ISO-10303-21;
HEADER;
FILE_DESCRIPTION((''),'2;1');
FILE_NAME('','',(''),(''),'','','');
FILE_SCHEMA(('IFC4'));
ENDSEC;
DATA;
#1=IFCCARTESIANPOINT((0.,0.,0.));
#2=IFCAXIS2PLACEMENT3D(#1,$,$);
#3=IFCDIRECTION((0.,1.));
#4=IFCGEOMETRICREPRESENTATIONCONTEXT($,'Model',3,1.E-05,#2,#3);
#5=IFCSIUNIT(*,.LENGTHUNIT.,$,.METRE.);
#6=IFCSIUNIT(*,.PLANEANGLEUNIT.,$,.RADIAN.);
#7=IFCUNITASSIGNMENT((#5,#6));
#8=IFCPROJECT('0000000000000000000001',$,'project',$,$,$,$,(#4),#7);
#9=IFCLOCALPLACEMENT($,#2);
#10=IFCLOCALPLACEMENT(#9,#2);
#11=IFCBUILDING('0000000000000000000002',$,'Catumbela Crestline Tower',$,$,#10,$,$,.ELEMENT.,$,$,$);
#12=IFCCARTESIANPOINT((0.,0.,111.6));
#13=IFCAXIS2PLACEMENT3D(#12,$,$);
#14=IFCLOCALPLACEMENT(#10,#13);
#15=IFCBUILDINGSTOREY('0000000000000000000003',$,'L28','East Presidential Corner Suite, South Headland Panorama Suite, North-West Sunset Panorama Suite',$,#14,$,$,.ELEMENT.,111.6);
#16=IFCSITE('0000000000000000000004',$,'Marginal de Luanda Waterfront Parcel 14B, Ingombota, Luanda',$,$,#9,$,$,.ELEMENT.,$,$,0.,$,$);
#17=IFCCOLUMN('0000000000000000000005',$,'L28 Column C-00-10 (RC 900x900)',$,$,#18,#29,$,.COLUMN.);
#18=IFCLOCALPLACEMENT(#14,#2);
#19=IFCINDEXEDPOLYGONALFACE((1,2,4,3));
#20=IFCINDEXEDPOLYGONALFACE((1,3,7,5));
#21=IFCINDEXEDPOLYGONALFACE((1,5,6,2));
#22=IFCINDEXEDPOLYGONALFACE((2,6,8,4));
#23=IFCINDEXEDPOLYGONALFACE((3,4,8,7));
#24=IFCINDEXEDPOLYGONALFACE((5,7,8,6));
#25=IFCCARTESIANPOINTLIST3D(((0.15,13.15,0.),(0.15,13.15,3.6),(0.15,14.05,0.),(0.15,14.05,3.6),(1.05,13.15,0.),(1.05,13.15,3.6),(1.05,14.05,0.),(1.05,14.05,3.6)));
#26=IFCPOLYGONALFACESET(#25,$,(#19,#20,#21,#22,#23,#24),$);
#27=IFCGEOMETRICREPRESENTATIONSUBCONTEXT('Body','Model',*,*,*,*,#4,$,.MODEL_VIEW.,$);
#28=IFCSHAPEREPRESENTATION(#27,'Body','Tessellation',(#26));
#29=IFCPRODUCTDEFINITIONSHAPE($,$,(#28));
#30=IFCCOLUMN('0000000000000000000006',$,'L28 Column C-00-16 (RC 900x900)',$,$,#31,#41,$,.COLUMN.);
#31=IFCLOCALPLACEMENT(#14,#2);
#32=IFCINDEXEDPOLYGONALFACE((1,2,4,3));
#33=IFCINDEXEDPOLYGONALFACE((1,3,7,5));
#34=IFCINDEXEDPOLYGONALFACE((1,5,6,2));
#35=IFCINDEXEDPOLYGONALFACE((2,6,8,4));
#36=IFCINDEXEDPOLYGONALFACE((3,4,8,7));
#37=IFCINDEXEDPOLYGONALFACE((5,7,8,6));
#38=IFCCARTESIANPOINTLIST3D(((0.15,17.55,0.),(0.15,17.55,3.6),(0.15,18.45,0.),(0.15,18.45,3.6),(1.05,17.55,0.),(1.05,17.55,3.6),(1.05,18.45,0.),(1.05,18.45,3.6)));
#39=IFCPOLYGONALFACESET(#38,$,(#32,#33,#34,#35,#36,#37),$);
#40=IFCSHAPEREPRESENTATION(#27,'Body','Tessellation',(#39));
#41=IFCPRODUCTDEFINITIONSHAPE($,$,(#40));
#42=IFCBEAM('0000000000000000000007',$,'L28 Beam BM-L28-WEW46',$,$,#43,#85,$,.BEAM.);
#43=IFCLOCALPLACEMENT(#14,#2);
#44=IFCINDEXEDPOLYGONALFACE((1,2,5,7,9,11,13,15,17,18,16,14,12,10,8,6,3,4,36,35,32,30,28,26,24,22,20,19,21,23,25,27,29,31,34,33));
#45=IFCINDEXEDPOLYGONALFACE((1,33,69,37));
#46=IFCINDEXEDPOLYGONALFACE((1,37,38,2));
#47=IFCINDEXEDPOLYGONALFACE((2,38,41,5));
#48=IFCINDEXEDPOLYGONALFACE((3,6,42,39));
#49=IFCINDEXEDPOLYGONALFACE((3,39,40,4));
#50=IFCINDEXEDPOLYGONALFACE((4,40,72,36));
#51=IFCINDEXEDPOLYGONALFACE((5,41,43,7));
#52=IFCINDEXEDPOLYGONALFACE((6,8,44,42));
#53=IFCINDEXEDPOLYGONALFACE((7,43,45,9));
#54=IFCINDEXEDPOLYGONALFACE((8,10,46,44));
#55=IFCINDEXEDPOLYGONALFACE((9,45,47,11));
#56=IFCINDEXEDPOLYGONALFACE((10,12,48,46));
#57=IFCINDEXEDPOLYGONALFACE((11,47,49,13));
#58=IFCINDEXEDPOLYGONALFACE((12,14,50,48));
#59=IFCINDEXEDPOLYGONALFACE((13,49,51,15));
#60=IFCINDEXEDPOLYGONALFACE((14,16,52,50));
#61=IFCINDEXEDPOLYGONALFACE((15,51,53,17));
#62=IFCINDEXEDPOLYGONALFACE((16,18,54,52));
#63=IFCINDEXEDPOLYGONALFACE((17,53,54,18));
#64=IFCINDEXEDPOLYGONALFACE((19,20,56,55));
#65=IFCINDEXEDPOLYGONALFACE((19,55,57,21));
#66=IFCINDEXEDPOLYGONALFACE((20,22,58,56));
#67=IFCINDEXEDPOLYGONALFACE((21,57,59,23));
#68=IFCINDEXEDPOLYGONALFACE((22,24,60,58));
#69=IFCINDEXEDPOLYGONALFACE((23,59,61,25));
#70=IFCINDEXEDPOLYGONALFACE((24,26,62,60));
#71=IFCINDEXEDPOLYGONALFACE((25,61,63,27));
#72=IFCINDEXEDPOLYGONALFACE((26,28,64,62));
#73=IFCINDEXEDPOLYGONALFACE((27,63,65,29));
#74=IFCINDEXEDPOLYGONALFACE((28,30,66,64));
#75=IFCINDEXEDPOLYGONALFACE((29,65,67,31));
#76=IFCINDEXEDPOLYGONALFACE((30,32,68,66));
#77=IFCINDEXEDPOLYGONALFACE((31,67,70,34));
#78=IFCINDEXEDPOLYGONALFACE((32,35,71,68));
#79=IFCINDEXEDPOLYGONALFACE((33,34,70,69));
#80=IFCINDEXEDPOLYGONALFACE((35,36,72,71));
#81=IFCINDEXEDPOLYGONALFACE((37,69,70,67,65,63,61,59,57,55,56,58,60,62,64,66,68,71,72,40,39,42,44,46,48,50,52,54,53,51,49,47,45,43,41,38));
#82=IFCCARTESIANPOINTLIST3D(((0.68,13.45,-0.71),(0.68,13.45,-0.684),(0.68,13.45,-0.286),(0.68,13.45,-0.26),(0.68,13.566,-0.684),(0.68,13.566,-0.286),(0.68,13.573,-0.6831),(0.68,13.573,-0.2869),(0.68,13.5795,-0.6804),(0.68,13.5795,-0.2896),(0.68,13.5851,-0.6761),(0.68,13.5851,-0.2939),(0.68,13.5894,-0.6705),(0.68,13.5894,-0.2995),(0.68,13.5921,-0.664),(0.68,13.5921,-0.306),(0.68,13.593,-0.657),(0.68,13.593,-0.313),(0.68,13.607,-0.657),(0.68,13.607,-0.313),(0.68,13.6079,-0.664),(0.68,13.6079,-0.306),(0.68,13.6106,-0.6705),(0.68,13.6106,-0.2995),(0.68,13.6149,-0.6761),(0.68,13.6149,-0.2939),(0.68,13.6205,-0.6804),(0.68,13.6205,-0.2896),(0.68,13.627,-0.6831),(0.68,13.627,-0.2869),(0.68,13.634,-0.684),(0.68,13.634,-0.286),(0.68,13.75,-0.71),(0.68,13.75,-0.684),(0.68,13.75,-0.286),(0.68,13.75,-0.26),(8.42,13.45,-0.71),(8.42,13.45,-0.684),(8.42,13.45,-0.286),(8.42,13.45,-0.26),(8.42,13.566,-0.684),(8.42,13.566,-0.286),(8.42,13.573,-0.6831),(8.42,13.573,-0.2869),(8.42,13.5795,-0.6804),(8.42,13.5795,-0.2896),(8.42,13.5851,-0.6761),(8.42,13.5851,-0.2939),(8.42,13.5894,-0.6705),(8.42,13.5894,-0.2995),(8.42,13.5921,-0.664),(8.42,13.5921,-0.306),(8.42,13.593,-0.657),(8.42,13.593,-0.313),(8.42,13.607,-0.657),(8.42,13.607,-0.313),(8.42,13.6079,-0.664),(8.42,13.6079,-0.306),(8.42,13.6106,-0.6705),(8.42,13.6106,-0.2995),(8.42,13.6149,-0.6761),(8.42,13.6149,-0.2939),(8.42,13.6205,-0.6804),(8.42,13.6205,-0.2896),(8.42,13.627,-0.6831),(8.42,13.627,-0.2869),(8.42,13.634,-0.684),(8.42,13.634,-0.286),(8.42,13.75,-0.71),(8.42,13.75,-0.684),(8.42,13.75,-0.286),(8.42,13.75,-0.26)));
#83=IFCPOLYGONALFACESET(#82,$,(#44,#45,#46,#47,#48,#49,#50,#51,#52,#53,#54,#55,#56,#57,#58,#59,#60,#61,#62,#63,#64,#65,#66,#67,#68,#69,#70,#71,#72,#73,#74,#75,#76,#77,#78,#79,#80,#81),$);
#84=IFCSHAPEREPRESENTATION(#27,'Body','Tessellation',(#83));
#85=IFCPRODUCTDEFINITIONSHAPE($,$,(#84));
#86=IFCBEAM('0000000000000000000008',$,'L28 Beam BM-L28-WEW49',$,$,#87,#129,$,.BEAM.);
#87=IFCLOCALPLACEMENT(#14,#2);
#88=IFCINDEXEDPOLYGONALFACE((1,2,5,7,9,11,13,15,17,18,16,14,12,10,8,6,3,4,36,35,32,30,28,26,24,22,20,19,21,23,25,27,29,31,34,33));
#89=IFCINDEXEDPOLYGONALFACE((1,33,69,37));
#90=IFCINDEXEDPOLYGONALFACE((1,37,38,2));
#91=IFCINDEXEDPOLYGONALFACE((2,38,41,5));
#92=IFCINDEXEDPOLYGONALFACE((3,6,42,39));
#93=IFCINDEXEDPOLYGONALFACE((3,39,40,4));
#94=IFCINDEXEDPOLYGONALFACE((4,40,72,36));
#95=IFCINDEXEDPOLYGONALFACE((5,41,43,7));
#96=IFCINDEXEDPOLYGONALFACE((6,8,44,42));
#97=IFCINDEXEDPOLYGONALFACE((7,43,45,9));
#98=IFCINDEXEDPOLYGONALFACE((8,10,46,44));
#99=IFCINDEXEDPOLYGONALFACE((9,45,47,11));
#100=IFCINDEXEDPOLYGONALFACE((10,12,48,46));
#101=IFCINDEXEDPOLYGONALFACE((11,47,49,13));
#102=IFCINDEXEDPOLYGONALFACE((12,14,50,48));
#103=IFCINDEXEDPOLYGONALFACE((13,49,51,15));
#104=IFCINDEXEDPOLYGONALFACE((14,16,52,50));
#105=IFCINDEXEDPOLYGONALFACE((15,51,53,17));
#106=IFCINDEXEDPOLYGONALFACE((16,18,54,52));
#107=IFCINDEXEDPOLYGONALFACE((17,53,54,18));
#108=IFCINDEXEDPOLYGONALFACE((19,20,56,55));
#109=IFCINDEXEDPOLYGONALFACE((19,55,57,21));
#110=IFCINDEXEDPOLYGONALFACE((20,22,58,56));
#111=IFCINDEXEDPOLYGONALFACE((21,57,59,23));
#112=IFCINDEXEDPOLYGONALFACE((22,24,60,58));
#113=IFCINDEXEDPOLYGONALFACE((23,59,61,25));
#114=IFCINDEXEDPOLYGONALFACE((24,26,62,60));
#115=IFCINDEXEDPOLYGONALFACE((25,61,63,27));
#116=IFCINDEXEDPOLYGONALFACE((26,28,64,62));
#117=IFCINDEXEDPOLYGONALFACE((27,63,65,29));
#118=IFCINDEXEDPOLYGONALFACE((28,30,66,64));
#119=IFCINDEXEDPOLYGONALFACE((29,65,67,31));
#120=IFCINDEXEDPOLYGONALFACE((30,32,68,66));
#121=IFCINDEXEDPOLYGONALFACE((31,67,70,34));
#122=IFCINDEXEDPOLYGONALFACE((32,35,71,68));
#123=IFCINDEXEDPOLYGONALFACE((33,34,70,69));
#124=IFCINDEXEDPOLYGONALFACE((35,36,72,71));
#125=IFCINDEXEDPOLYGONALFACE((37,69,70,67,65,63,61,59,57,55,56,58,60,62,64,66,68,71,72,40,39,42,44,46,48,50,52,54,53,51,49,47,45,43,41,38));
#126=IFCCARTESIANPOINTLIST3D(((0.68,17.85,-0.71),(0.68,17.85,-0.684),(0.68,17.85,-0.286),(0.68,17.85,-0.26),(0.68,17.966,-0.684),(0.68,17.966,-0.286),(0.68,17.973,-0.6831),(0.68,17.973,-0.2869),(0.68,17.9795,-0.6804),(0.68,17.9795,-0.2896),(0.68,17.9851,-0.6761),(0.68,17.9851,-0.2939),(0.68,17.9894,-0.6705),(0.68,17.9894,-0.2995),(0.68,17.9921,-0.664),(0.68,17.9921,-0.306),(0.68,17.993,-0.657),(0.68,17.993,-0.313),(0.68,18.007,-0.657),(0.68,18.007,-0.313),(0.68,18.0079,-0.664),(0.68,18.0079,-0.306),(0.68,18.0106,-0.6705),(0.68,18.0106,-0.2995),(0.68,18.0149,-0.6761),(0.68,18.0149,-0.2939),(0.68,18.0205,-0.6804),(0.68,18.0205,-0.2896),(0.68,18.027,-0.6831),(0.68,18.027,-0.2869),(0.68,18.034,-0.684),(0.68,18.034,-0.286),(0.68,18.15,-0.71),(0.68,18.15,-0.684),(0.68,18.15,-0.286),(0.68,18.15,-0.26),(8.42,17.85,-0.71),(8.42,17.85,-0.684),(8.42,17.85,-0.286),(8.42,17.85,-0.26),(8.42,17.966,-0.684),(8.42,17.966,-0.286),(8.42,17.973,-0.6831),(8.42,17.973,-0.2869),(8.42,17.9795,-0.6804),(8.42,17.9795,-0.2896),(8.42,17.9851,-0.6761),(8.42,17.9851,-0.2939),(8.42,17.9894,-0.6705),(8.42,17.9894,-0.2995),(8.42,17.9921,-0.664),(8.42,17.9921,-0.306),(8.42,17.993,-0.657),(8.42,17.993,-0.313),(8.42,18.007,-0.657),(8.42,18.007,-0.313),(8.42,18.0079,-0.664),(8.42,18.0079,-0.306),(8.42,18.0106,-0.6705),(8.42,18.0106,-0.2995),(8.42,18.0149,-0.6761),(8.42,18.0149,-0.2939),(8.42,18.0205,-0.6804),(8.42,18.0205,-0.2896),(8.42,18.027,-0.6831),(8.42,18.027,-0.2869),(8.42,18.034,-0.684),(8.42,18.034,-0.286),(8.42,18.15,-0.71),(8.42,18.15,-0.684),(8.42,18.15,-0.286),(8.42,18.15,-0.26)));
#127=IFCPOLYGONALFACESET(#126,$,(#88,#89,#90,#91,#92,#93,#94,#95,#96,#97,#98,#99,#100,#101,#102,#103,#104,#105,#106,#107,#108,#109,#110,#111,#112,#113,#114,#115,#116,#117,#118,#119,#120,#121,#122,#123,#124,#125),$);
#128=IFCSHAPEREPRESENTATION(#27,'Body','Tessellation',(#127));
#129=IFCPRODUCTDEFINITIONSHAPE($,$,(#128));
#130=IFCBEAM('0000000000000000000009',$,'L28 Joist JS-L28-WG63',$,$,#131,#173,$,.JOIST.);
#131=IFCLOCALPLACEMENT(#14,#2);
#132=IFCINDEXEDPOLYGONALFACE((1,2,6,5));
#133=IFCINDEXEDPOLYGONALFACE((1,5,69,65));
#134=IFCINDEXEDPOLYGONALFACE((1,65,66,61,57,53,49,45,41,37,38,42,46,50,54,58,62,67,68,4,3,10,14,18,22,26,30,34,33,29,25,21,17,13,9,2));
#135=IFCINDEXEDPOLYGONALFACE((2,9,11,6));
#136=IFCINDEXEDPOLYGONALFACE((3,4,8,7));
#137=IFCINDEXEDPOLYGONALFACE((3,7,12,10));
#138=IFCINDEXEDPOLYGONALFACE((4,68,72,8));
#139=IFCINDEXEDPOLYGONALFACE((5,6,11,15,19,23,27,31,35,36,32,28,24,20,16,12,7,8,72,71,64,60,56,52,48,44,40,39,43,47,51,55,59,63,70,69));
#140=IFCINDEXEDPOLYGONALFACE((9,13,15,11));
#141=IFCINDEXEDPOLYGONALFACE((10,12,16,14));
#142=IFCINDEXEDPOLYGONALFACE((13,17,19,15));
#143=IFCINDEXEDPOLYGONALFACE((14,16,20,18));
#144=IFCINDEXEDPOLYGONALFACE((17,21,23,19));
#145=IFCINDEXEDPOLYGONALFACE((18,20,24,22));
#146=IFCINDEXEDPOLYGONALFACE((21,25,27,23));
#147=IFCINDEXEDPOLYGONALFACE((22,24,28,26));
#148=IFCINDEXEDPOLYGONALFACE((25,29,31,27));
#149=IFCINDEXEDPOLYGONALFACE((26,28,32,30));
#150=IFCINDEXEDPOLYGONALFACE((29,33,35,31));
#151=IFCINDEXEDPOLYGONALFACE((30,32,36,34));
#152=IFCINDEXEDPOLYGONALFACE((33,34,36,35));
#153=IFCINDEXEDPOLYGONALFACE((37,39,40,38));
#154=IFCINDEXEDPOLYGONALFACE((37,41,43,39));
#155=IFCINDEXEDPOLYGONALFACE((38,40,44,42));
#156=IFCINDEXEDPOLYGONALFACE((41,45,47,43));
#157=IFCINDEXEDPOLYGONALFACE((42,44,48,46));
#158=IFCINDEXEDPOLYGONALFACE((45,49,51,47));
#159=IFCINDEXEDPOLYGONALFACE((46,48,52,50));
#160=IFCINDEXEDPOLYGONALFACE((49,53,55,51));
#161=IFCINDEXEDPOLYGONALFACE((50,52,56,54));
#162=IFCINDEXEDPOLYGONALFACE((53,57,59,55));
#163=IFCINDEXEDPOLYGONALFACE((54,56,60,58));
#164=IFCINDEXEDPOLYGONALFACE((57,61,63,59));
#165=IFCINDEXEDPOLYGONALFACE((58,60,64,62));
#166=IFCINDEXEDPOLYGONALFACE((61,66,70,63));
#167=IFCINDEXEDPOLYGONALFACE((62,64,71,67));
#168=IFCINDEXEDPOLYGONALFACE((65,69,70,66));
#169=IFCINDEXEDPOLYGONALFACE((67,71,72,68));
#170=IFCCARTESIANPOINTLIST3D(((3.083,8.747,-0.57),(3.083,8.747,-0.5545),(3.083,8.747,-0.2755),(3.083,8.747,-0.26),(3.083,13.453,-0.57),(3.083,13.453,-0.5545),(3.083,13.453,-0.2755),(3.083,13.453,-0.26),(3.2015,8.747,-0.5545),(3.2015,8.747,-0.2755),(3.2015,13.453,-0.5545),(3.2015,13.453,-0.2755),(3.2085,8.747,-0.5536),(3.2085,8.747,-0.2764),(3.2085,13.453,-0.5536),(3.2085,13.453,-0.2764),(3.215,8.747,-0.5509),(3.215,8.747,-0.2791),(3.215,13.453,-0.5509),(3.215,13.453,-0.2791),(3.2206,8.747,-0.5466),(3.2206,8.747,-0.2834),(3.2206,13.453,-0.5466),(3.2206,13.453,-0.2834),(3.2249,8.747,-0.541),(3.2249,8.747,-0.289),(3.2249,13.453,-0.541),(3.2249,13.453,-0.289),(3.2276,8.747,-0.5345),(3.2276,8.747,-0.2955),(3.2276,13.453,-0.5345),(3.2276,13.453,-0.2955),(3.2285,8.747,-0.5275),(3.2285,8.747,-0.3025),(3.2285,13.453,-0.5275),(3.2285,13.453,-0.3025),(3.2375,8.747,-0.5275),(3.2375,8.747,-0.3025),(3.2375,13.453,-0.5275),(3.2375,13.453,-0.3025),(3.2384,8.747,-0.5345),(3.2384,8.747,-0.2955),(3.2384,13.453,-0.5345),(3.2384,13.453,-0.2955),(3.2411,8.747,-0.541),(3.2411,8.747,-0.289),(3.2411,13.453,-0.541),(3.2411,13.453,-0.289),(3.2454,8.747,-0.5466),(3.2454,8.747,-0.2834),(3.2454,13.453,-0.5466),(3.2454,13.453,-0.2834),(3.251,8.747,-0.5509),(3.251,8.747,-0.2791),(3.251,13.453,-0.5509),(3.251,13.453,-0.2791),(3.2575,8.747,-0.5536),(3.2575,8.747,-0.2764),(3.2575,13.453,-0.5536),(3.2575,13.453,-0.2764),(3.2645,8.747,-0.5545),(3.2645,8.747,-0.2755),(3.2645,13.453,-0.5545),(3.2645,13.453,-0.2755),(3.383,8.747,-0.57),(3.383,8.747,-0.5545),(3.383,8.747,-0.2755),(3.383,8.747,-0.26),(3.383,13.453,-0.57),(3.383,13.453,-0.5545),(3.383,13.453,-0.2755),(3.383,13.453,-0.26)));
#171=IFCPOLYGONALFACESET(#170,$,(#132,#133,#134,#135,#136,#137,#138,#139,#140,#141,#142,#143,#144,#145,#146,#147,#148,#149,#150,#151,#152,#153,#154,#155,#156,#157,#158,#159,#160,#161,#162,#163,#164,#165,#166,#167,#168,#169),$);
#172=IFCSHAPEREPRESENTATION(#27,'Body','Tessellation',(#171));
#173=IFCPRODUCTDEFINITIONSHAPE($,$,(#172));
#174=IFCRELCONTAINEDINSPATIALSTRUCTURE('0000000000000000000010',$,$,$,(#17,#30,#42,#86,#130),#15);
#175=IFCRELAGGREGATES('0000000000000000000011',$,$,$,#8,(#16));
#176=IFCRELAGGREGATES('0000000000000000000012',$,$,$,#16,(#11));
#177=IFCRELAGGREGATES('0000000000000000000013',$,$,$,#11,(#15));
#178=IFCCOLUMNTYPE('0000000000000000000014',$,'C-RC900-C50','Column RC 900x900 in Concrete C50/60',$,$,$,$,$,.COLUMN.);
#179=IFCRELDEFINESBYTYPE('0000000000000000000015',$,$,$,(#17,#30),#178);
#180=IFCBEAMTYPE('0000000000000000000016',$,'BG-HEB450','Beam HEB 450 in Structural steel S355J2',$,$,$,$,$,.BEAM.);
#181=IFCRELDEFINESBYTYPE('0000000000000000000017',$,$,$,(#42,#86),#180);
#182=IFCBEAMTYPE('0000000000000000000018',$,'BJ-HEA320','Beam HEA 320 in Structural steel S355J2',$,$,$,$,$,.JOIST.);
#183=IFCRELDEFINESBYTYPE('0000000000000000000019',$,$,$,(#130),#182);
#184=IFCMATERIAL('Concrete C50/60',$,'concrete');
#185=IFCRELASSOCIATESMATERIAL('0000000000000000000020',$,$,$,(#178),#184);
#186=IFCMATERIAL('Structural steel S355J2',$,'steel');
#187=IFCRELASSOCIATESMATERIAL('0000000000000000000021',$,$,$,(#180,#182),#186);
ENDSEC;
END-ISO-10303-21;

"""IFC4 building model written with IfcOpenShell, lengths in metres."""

from ifc_helpers import new_model, si_unit, direction, frame, origin, origin_2d, place, context, subcontext, project, spatial, rectangle, i_section, extrude, material, material_profile, profile_set, type_object, element, save


model = new_model("IFC4")

# Units and contexts
model_context = context("Model", 3, precision=1e-05, world=origin(), true_north=direction((0.0, 1.0)))
body_context = subcontext(model_context, "Body", "Model", "MODEL_VIEW")
ifc_project = project(units=[si_unit("LENGTHUNIT", "METRE"), si_unit("PLANEANGLEUNIT", "RADIAN")], contexts=[model_context])

# Site, building, storey
site_placement = place(None, origin())
site = spatial("IfcSite", under=ifc_project, at=site_placement, Name="Marginal de Luanda Waterfront Parcel 14B, Ingombota, Luanda", CompositionType="ELEMENT", RefElevation=0.0)
building_placement = place(site_placement, origin())
building = spatial("IfcBuilding", under=site, at=building_placement, Name="Catumbela Crestline Tower", CompositionType="ELEMENT")
storey_placement = place(building_placement, frame((0.0, 0.0, 111.6)))
storey = spatial("IfcBuildingStorey", under=building, at=storey_placement, Name="L28", Description="East Presidential Corner Suite, South Headland Panorama Suite, North-West Sunset Panorama Suite", CompositionType="ELEMENT", Elevation=111.6)

# Columns
ifc_material_1 = material(Name="Concrete C50/60", Category="concrete")
ifc_material_profile_1 = material_profile(ifc_material_1, rectangle(XDim=0.9, YDim=0.9, at=origin_2d()), Name="RC 900x900")
ifc_profile_set_1 = profile_set([ifc_material_profile_1], Name="Concrete C50/60")
column_type = type_object("IfcColumnType", Name="C-RC900-C50", Description="Column RC 900x900 in Concrete C50/60", PredefinedType="COLUMN", material=ifc_profile_set_1)
for number, where, z_axis, x_axis, name in (
    (1, (0.6, 13.6, 0.0), (0.0, 0.0, 1.0), (1.0, 0.0, 0.0), "L28 Column C-00-10 (RC 900x900)"),
    (2, (0.6, 18.0, 0.0), (0.0, 0.0, 1.0), (1.0, 0.0, 0.0), "L28 Column C-00-16 (RC 900x900)"),
):
    element("IfcColumn", number, at=place(storey_placement, frame(where, z_axis=z_axis, x_axis=x_axis)), inside=storey, type_object=column_type, Name=name, PredefinedType="COLUMN", context=body_context, shape_type="SweptSolid", body=[
        extrude(rectangle(XDim=0.9, YDim=0.9, at=origin_2d()), origin(), (0.0, 0.0, 1.0), 3.6),
    ])

# Beams
ifc_material_2 = material(Name="Structural steel S355J2", Category="steel")
ifc_material_profile_2 = material_profile(ifc_material_2, i_section(OverallWidth=0.3, OverallDepth=0.45, WebThickness=0.014, FlangeThickness=0.026, FilletRadius=0.027, at=origin_2d()), Name="HEB 450")
ifc_profile_set_2 = profile_set([ifc_material_profile_2], Name="Structural steel S355J2")
beam_type_1 = type_object("IfcBeamType", Name="BG-HEB450", Description="Beam HEB 450 in Structural steel S355J2", PredefinedType="BEAM", material=ifc_profile_set_2)
for number, where, z_axis, x_axis, name in (
    (3, (0.68, 13.6, -0.485), (1.0, 0.0, 0.0), (0.0, 1.0, 0.0), "L28 Beam BM-L28-WEW46"),
    (4, (0.68, 18.0, -0.485), (1.0, 0.0, 0.0), (0.0, 1.0, 0.0), "L28 Beam BM-L28-WEW49"),
):
    element("IfcBeam", number, at=place(storey_placement, frame(where, z_axis=z_axis, x_axis=x_axis)), inside=storey, type_object=beam_type_1, Name=name, PredefinedType="BEAM", context=body_context, shape_type="SweptSolid", body=[
        extrude(i_section(OverallWidth=0.3, OverallDepth=0.45, WebThickness=0.014, FlangeThickness=0.026, FilletRadius=0.027, at=origin_2d()), origin(), (0.0, 0.0, 1.0), 7.74),
    ])
ifc_material_profile_3 = material_profile(ifc_material_2, i_section(OverallWidth=0.3, OverallDepth=0.31, WebThickness=0.009, FlangeThickness=0.0155, FilletRadius=0.027, at=origin_2d()), Name="HEA 320")
ifc_profile_set_3 = profile_set([ifc_material_profile_3], Name="Structural steel S355J2")
beam_type_2 = type_object("IfcBeamType", Name="BJ-HEA320", Description="Beam HEA 320 in Structural steel S355J2", PredefinedType="JOIST", material=ifc_profile_set_3)
for number, where, z_axis, x_axis, name in (
    (5, (3.233, 8.747, -0.415), (0.0, 1.0, 0.0), (-1.0, 0.0, 0.0), "L28 Joist JS-L28-WG63"),
):
    element("IfcBeam", number, at=place(storey_placement, frame(where, z_axis=z_axis, x_axis=x_axis)), inside=storey, type_object=beam_type_2, Name=name, PredefinedType="JOIST", context=body_context, shape_type="SweptSolid", body=[
        extrude(i_section(OverallWidth=0.3, OverallDepth=0.31, WebThickness=0.009, FlangeThickness=0.0155, FilletRadius=0.027, at=origin_2d()), origin(), (0.0, 0.0, 1.0), 4.706),
    ])

save(model, "model.ifc")
